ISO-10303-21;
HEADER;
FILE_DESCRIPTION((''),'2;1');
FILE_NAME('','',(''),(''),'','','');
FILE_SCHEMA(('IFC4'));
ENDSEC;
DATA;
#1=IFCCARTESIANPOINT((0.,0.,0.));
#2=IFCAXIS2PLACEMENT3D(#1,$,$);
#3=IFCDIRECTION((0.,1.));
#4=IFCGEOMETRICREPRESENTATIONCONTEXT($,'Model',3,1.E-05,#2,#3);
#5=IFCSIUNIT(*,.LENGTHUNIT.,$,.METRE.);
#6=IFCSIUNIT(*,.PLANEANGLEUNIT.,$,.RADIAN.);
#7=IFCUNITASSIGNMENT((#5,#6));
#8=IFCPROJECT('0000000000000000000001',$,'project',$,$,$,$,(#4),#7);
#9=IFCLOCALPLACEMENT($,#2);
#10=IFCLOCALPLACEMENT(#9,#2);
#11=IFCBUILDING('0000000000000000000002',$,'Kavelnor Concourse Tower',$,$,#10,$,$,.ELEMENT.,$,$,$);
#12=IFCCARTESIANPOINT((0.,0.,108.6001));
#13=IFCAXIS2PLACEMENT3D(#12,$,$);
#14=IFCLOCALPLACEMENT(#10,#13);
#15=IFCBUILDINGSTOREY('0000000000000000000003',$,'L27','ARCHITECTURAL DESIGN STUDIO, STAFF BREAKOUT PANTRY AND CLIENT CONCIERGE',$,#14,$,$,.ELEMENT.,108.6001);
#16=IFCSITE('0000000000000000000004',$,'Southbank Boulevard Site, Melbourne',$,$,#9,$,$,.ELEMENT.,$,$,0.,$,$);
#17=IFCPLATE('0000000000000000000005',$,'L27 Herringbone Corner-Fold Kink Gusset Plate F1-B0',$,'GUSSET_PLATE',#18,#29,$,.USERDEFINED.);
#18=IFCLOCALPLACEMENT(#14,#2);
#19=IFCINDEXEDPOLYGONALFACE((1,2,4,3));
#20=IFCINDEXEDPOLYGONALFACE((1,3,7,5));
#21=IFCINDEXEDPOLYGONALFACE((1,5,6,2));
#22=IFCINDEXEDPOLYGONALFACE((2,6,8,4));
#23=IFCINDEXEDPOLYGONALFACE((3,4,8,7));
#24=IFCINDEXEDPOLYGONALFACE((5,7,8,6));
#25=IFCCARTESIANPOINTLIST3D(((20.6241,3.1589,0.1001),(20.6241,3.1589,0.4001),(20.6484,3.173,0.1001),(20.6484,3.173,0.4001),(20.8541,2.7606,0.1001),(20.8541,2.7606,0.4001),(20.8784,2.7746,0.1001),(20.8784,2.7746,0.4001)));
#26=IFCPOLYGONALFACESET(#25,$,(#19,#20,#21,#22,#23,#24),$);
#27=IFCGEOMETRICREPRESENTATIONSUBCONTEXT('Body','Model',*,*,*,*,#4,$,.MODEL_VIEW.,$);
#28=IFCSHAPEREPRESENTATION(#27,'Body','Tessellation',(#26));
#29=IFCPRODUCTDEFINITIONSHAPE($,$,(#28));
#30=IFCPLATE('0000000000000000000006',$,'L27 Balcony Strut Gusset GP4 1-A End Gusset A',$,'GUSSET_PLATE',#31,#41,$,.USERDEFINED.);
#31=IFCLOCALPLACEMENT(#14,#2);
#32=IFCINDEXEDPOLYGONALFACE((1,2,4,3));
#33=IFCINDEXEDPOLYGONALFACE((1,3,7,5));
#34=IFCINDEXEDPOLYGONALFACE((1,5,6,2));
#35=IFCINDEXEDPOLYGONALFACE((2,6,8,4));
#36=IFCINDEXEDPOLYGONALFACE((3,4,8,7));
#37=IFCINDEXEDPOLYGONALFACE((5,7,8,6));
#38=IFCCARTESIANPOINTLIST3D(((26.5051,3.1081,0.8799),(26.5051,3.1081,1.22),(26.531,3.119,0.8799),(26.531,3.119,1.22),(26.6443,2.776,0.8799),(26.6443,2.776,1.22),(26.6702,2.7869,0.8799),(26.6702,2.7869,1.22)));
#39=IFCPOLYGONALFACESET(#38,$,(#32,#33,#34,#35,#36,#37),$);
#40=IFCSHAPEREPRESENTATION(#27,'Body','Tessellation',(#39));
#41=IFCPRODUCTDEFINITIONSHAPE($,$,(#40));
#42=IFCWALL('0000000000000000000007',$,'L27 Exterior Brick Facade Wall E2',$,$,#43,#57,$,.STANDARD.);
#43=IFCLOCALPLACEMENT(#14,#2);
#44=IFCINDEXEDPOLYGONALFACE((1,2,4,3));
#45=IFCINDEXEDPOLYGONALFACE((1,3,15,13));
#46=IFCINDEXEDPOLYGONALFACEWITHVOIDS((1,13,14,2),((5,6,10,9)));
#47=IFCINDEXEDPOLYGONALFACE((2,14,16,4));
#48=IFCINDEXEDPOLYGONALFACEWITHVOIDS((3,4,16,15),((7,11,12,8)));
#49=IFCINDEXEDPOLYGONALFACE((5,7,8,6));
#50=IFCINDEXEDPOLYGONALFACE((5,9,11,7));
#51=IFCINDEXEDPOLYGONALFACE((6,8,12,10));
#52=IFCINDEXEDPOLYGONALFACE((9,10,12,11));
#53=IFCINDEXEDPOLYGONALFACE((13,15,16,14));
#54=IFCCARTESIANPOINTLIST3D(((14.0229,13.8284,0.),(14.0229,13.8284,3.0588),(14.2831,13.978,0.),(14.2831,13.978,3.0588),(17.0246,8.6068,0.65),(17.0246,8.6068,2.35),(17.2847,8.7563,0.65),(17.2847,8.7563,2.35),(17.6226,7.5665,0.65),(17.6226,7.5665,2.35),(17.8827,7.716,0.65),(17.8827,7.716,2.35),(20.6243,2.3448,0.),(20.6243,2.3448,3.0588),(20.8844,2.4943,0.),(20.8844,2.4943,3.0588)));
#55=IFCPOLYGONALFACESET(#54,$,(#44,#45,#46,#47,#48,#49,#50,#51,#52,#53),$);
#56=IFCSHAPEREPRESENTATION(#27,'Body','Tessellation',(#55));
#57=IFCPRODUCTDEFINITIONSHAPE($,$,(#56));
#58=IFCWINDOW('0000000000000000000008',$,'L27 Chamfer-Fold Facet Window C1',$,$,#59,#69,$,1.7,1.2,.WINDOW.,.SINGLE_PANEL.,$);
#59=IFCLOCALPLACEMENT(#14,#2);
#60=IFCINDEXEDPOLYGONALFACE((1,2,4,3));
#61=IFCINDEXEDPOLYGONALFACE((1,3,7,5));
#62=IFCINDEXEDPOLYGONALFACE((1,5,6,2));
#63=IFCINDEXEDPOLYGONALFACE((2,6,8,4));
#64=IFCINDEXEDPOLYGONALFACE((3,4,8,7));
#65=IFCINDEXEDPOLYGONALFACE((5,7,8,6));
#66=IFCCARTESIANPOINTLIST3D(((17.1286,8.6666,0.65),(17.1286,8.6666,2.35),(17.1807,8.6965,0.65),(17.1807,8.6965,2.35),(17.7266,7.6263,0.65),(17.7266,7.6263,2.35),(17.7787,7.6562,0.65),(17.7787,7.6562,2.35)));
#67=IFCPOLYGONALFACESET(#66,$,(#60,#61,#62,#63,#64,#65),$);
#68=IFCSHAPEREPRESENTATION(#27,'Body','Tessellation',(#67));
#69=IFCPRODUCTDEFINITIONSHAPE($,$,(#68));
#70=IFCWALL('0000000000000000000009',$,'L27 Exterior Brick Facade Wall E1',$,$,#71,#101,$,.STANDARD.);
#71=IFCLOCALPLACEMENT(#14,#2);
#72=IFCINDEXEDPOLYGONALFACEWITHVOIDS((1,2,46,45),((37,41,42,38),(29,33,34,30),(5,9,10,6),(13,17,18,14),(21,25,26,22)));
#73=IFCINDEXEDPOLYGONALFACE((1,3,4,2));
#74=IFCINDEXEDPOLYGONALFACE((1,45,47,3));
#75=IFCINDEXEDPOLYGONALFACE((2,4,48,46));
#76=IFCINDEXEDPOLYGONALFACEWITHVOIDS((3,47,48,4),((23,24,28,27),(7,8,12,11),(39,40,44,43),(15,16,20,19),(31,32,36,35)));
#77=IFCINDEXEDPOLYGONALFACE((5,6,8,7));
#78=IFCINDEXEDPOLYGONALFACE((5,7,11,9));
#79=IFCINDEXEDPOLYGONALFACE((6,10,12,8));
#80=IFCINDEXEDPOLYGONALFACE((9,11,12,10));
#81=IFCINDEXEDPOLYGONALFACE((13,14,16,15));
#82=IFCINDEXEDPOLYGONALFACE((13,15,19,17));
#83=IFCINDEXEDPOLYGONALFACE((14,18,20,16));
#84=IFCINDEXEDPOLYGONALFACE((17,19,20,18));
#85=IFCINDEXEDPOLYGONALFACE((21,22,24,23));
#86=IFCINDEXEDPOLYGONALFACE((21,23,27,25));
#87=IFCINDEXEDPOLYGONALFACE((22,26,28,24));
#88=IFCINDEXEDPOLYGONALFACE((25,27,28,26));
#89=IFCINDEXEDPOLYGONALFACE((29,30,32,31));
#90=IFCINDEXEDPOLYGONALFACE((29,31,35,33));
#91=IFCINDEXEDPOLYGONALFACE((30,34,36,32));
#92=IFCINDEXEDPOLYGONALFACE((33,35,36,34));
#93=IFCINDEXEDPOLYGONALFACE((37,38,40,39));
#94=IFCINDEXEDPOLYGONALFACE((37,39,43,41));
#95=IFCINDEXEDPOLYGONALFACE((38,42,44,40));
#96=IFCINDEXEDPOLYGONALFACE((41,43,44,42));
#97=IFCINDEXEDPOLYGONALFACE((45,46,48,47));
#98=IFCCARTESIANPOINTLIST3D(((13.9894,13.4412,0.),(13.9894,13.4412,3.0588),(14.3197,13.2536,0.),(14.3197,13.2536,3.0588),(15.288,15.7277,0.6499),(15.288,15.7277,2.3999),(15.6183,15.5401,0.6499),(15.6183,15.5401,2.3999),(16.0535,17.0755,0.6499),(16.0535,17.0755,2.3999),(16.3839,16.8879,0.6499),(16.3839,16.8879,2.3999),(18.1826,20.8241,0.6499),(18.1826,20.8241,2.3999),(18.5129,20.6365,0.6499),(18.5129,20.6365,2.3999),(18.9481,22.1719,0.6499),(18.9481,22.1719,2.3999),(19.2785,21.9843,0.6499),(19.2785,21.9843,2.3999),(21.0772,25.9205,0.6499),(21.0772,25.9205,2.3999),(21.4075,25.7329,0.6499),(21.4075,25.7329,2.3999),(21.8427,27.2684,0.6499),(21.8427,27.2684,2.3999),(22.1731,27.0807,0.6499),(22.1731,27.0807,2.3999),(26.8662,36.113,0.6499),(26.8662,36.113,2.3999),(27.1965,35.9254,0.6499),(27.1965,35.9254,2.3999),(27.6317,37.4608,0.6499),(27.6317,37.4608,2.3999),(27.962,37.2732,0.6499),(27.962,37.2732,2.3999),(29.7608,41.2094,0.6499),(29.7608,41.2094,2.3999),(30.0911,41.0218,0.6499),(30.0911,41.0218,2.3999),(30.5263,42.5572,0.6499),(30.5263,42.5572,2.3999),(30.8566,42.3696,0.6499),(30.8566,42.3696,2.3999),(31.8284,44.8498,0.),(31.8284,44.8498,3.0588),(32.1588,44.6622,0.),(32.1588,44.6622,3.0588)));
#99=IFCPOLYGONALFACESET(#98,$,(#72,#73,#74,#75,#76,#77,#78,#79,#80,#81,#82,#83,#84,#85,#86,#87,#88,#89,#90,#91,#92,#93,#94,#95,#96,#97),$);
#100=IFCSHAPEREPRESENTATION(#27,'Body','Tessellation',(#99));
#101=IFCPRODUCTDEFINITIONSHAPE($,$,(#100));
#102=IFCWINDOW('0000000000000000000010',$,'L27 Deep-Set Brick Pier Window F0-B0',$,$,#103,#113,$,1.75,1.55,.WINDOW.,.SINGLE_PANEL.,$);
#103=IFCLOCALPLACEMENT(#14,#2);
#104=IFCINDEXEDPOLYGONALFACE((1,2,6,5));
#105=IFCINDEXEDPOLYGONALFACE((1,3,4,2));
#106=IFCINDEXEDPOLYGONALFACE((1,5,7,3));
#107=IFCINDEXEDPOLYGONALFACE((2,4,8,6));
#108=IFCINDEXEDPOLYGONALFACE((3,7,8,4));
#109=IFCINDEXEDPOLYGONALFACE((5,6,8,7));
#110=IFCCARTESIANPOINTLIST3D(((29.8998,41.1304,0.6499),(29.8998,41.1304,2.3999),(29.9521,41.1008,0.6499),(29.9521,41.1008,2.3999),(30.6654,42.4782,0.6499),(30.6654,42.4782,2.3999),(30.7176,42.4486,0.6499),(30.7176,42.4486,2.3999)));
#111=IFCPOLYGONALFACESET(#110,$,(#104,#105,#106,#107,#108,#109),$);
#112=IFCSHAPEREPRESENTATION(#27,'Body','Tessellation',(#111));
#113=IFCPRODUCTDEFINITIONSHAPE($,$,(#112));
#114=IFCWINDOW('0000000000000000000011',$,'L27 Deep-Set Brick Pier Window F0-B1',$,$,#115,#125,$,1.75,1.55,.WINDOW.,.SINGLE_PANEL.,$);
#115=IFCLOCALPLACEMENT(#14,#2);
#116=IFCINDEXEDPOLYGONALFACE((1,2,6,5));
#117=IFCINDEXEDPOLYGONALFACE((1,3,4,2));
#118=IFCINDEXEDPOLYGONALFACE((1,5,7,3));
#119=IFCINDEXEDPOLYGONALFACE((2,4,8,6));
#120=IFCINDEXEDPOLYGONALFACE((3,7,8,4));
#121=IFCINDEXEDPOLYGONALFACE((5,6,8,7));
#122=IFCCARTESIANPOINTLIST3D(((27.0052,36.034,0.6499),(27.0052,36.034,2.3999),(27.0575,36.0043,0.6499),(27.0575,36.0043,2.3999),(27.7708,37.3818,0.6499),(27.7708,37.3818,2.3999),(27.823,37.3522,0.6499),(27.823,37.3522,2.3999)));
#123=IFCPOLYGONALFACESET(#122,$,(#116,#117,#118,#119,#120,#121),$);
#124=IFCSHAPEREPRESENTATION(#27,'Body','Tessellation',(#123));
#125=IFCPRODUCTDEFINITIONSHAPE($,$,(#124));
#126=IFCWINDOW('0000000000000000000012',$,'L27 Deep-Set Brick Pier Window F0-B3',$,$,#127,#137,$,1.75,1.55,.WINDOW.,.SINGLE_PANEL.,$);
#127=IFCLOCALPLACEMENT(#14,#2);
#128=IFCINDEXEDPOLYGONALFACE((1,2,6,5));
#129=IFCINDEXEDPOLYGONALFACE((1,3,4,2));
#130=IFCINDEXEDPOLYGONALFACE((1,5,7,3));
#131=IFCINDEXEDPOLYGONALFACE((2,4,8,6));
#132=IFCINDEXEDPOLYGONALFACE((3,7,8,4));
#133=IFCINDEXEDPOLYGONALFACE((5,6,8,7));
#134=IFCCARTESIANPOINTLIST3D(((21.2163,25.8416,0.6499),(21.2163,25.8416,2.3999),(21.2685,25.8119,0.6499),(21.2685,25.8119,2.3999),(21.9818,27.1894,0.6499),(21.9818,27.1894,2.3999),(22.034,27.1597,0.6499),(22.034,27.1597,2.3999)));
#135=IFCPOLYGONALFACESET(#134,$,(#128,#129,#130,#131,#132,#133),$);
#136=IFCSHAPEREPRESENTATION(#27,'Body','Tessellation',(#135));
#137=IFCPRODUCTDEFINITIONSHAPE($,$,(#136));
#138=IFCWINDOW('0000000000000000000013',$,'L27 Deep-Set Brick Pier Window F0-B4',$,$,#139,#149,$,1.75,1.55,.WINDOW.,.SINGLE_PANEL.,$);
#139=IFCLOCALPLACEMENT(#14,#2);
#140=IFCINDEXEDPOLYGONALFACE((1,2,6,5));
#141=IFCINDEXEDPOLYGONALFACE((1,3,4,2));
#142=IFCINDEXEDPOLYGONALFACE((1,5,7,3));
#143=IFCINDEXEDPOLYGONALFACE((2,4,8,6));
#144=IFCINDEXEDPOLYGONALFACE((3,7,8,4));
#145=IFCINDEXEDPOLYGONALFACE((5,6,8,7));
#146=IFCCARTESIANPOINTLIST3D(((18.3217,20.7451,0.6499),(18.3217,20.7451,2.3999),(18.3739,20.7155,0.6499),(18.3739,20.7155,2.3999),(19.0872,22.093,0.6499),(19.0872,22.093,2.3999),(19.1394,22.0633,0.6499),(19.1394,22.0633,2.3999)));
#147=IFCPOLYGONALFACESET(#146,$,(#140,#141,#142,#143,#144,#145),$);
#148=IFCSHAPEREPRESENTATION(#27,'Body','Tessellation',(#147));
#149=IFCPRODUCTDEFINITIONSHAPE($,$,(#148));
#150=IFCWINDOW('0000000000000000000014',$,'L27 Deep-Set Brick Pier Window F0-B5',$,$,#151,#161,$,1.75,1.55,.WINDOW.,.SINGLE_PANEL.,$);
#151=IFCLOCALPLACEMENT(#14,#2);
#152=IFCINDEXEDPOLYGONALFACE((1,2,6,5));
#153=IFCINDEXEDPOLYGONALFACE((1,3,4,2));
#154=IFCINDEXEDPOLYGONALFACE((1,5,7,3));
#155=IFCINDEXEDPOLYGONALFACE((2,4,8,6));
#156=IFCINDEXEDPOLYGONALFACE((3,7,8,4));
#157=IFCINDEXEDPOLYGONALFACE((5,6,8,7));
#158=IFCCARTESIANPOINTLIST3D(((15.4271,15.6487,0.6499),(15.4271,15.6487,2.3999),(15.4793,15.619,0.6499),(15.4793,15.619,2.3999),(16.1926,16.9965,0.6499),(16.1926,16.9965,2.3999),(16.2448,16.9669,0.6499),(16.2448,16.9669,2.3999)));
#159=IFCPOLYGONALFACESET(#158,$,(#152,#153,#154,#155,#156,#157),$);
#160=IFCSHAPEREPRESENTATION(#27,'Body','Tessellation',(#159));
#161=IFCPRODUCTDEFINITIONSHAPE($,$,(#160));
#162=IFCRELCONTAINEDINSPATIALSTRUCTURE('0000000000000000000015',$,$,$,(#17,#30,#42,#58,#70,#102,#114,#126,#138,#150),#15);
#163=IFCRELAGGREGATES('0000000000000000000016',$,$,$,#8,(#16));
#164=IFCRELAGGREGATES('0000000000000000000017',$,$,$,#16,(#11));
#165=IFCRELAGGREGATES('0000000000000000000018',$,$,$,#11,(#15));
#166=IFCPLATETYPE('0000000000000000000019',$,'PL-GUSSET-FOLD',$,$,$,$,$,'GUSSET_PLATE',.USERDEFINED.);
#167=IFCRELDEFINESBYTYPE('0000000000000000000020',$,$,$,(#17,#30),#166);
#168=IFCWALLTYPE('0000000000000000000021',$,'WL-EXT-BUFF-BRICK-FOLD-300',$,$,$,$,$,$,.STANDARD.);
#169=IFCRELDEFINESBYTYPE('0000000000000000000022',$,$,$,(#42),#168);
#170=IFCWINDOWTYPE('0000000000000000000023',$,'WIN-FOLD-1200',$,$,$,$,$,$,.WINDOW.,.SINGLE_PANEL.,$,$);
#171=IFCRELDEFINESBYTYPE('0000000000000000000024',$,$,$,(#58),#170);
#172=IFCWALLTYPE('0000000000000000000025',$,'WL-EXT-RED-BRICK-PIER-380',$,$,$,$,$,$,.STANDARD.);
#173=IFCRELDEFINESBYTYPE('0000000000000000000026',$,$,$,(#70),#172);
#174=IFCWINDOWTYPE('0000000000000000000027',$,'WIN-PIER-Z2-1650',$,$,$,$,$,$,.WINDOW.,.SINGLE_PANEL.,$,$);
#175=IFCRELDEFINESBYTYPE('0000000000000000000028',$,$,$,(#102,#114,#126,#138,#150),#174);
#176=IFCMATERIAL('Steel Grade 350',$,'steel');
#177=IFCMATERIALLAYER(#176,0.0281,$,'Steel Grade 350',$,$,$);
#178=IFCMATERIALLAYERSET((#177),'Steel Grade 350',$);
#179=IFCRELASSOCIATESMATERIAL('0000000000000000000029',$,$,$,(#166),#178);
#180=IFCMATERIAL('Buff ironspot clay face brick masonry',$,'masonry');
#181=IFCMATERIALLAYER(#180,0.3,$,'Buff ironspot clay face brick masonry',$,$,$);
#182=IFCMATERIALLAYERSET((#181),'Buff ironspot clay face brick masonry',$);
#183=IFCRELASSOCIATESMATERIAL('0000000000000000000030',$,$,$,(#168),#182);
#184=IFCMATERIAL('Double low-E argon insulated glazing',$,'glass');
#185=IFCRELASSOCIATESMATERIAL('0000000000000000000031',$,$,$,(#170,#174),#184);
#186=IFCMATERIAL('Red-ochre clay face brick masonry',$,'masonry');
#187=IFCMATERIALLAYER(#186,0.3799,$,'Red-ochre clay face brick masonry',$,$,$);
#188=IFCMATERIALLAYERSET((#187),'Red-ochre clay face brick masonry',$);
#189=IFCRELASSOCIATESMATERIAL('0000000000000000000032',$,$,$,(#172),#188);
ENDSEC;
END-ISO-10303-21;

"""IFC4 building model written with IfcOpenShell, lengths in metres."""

from ifc_helpers import new_model, si_unit, direction, frame, frame_2d, origin, origin_2d, place, context, subcontext, project, spatial, rectangle, extrude, material, layer, layer_set, type_object, element, fill, save


model = new_model("IFC4")

# Units and contexts
model_context = context("Model", 3, precision=1e-05, world=origin(), true_north=direction((0.0, 1.0)))
body_context = subcontext(model_context, "Body", "Model", "MODEL_VIEW")
ifc_project = project(units=[si_unit("LENGTHUNIT", "METRE"), si_unit("PLANEANGLEUNIT", "RADIAN")], contexts=[model_context])

# Site, building, storey
site_placement = place(None, origin())
site = spatial("IfcSite", under=ifc_project, at=site_placement, Name="Southbank Boulevard Site, Melbourne", CompositionType="ELEMENT", RefElevation=0.0)
building_placement = place(site_placement, origin())
building = spatial("IfcBuilding", under=site, at=building_placement, Name="Kavelnor Concourse Tower", CompositionType="ELEMENT")
storey_placement = place(building_placement, frame((0.0, 0.0, 108.6001)))
storey = spatial("IfcBuildingStorey", under=building, at=storey_placement, Name="L27", Description="ARCHITECTURAL DESIGN STUDIO, STAFF BREAKOUT PANTRY AND CLIENT CONCIERGE", CompositionType="ELEMENT", Elevation=108.6001)

# Shared definitions
ifc_material_1 = material(Name="Steel Grade 350", Category="steel")

# Plates
ifc_layer_1 = layer(ifc_material_1, 0.0281, Name="Steel Grade 350")
ifc_layer_set_1 = layer_set([ifc_layer_1], Name="Steel Grade 350")
plate_type = type_object("IfcPlateType", Name="PL-GUSSET-FOLD", ElementType="GUSSET_PLATE", PredefinedType="USERDEFINED", material=ifc_layer_set_1)
plate_1_placement = place(storey_placement, frame((20.7512, 2.9668, 0.1001), z_axis=(0.0, 0.0, 1.0), x_axis=(-0.5, 0.866025, 0.0)))
element("IfcPlate", 1, at=plate_1_placement, inside=storey, type_object=plate_type, Name="L27 Herringbone Corner-Fold Kink Gusset Plate F1-B0", ObjectType="GUSSET_PLATE", PredefinedType="USERDEFINED", context=body_context, shape_type="SweptSolid", body=[
    extrude(rectangle(XDim=0.46, YDim=0.0281, at=origin_2d()), origin(), (0.0, 0.0, 1.0), 0.3),
])
plate_2_placement = place(storey_placement, frame((26.5876, 2.9475, 0.8799), z_axis=(0.0, 0.0, 1.0), x_axis=(0.386711, -0.922201, 0.0)))
element("IfcPlate", 2, at=plate_2_placement, inside=storey, type_object=plate_type, Name="L27 Balcony Strut Gusset GP4 1-A End Gusset A", ObjectType="GUSSET_PLATE", PredefinedType="USERDEFINED", context=body_context, shape_type="SweptSolid", body=[
    extrude(rectangle(XDim=0.3601, YDim=0.0281, at=origin_2d()), origin(), (0.0, 0.0, 1.0), 0.3401),
])

# Wall, opening, window
ifc_material_2 = material(Name="Buff ironspot clay face brick masonry", Category="masonry")
ifc_layer_2 = layer(ifc_material_2, 0.3, Name="Buff ironspot clay face brick masonry")
ifc_layer_set_2 = layer_set([ifc_layer_2], Name="Buff ironspot clay face brick masonry")
wall_type_1 = type_object("IfcWallType", Name="WL-EXT-BUFF-BRICK-FOLD-300", PredefinedType="STANDARD", material=ifc_layer_set_2)
wall_1_placement = place(storey_placement, frame((20.7544, 2.4194, 0.0), z_axis=(0.0, 0.0, 1.0), x_axis=(-0.49837, 0.866964, 0.0)))
wall_1 = element("IfcWall", 3, at=wall_1_placement, inside=storey, type_object=wall_type_1, Name="L27 Exterior Brick Facade Wall E2", PredefinedType="STANDARD", context=body_context, shape_type="SweptSolid", body=[
    extrude(rectangle(XDim=13.2458, YDim=0.3, at=frame_2d((6.623, 0.0))), origin(), (0.0, 0.0, 1.0), 3.0588),
])
opening_1_placement = place(wall_1_placement, frame((6.0229, 0.0, 0.6499)))
opening_1 = element("IfcOpeningElement", 4, at=opening_1_placement, cuts=wall_1, PredefinedType="OPENING", context=body_context, shape_type="SweptSolid", body=[
    extrude(rectangle(XDim=1.2, YDim=1.7, at=frame_2d((0.6001, 0.8501))), frame((0.0, 0.1602, 0.0), z_axis=(0.0, -1.0, 0.0), x_axis=(1.0, 0.0, 0.0)), (0.0, 0.0, 1.0), 0.3201),
])
ifc_material_3 = material(Name="Double low-E argon insulated glazing", Category="glass")
window_type_1 = type_object("IfcWindowType", Name="WIN-FOLD-1200", PartitioningType="SINGLE_PANEL", PredefinedType="WINDOW", material=ifc_material_3)
window_1_placement = place(opening_1_placement, origin())
window_1 = element("IfcWindow", 5, at=window_1_placement, inside=storey, type_object=window_type_1, Name="L27 Chamfer-Fold Facet Window C1", OverallHeight=1.7, OverallWidth=1.2, PartitioningType="SINGLE_PANEL", PredefinedType="WINDOW", context=body_context, shape_type="SweptSolid", body=[
    extrude(rectangle(XDim=1.2, YDim=1.7, at=frame_2d((0.6001, 0.8501))), frame((0.0, 0.03, 0.0), z_axis=(0.0, -1.0, 0.0), x_axis=(1.0, 0.0, 0.0)), (0.0, 0.0, 1.0), 0.0601),
])
fill(opening_1, window_1)

# Wall, openings, windows
ifc_material_4 = material(Name="Red-ochre clay face brick masonry", Category="masonry")
ifc_layer_3 = layer(ifc_material_4, 0.3799, Name="Red-ochre clay face brick masonry")
ifc_layer_set_3 = layer_set([ifc_layer_3], Name="Red-ochre clay face brick masonry")
wall_type_2 = type_object("IfcWallType", Name="WL-EXT-RED-BRICK-PIER-380", PredefinedType="STANDARD", material=ifc_layer_set_3)
wall_2_placement = place(storey_placement, frame((14.1545, 13.3474, 0.0), z_axis=(0.0, 0.0, 1.0), x_axis=(0.493868, 0.869537, 0.0)))
wall_2 = element("IfcWall", 6, at=wall_2_placement, inside=storey, type_object=wall_type_2, Name="L27 Exterior Brick Facade Wall E1", PredefinedType="STANDARD", context=body_context, shape_type="SweptSolid", body=[
    extrude(rectangle(XDim=36.1211, YDim=0.3799, at=frame_2d((18.0605, 0.0))), origin(), (0.0, 0.0, 1.0), 3.0588),
])
opening_2_placement = place(wall_2_placement, frame((31.9346, 0.0, 0.6499)))
opening_2 = element("IfcOpeningElement", 7, at=opening_2_placement, cuts=wall_2, PredefinedType="OPENING", context=body_context, shape_type="SweptSolid", body=[
    extrude(rectangle(XDim=1.55, YDim=1.75, at=frame_2d((0.7749, 0.875))), frame((0.0, 0.2, 0.0), z_axis=(0.0, -1.0, 0.0), x_axis=(1.0, 0.0, 0.0)), (0.0, 0.0, 1.0), 0.3999),
])
opening_3_placement = place(wall_2_placement, frame((26.0735, 0.0, 0.6499)))
opening_3 = element("IfcOpeningElement", 8, at=opening_3_placement, cuts=wall_2, PredefinedType="OPENING", context=body_context, shape_type="SweptSolid", body=[
    extrude(rectangle(XDim=1.55, YDim=1.75, at=frame_2d((0.7749, 0.875))), frame((0.0, 0.2, 0.0), z_axis=(0.0, -1.0, 0.0), x_axis=(1.0, 0.0, 0.0)), (0.0, 0.0, 1.0), 0.3999),
])
opening_4_placement = place(wall_2_placement, frame((14.3518, 0.0, 0.6499)))
opening_4 = element("IfcOpeningElement", 9, at=opening_4_placement, cuts=wall_2, PredefinedType="OPENING", context=body_context, shape_type="SweptSolid", body=[
    extrude(rectangle(XDim=1.55, YDim=1.75, at=frame_2d((0.7749, 0.875))), frame((0.0, 0.2, 0.0), z_axis=(0.0, -1.0, 0.0), x_axis=(1.0, 0.0, 0.0)), (0.0, 0.0, 1.0), 0.3999),
])
opening_5_placement = place(wall_2_placement, frame((8.4907, 0.0, 0.6499)))
opening_5 = element("IfcOpeningElement", 10, at=opening_5_placement, cuts=wall_2, PredefinedType="OPENING", context=body_context, shape_type="SweptSolid", body=[
    extrude(rectangle(XDim=1.55, YDim=1.75, at=frame_2d((0.7749, 0.875))), frame((0.0, 0.2, 0.0), z_axis=(0.0, -1.0, 0.0), x_axis=(1.0, 0.0, 0.0)), (0.0, 0.0, 1.0), 0.3999),
])
opening_6_placement = place(wall_2_placement, frame((2.6296, 0.0, 0.6499)))
opening_6 = element("IfcOpeningElement", 11, at=opening_6_placement, cuts=wall_2, PredefinedType="OPENING", context=body_context, shape_type="SweptSolid", body=[
    extrude(rectangle(XDim=1.55, YDim=1.75, at=frame_2d((0.7749, 0.875))), frame((0.0, 0.2, 0.0), z_axis=(0.0, -1.0, 0.0), x_axis=(1.0, 0.0, 0.0)), (0.0, 0.0, 1.0), 0.3999),
])
window_type_2 = type_object("IfcWindowType", Name="WIN-PIER-Z2-1650", PartitioningType="SINGLE_PANEL", PredefinedType="WINDOW", material=ifc_material_3)
window_2_placement = place(opening_2_placement, origin())
window_2 = element("IfcWindow", 12, at=window_2_placement, inside=storey, type_object=window_type_2, Name="L27 Deep-Set Brick Pier Window F0-B0", OverallHeight=1.75, OverallWidth=1.55, PartitioningType="SINGLE_PANEL", PredefinedType="WINDOW", context=body_context, shape_type="SweptSolid", body=[
    extrude(rectangle(XDim=1.55, YDim=1.75, at=frame_2d((0.7749, 0.875))), frame((0.0, 0.03, 0.0), z_axis=(0.0, -1.0, 0.0), x_axis=(1.0, 0.0, 0.0)), (0.0, 0.0, 1.0), 0.0601),
])
fill(opening_2, window_2)
window_3_placement = place(opening_3_placement, origin())
window_3 = element("IfcWindow", 13, at=window_3_placement, inside=storey, type_object=window_type_2, Name="L27 Deep-Set Brick Pier Window F0-B1", OverallHeight=1.75, OverallWidth=1.55, PartitioningType="SINGLE_PANEL", PredefinedType="WINDOW", context=body_context, shape_type="SweptSolid", body=[
    extrude(rectangle(XDim=1.55, YDim=1.75, at=frame_2d((0.7749, 0.875))), frame((0.0, 0.03, 0.0), z_axis=(0.0, -1.0, 0.0), x_axis=(1.0, 0.0, 0.0)), (0.0, 0.0, 1.0), 0.0601),
])
fill(opening_3, window_3)
window_4_placement = place(opening_4_placement, origin())
window_4 = element("IfcWindow", 14, at=window_4_placement, inside=storey, type_object=window_type_2, Name="L27 Deep-Set Brick Pier Window F0-B3", OverallHeight=1.75, OverallWidth=1.55, PartitioningType="SINGLE_PANEL", PredefinedType="WINDOW", context=body_context, shape_type="SweptSolid", body=[
    extrude(rectangle(XDim=1.55, YDim=1.75, at=frame_2d((0.7749, 0.875))), frame((0.0, 0.03, 0.0), z_axis=(0.0, -1.0, 0.0), x_axis=(1.0, 0.0, 0.0)), (0.0, 0.0, 1.0), 0.0601),
])
fill(opening_4, window_4)
window_5_placement = place(opening_5_placement, origin())
window_5 = element("IfcWindow", 15, at=window_5_placement, inside=storey, type_object=window_type_2, Name="L27 Deep-Set Brick Pier Window F0-B4", OverallHeight=1.75, OverallWidth=1.55, PartitioningType="SINGLE_PANEL", PredefinedType="WINDOW", context=body_context, shape_type="SweptSolid", body=[
    extrude(rectangle(XDim=1.55, YDim=1.75, at=frame_2d((0.7749, 0.875))), frame((0.0, 0.03, 0.0), z_axis=(0.0, -1.0, 0.0), x_axis=(1.0, 0.0, 0.0)), (0.0, 0.0, 1.0), 0.0601),
])
fill(opening_5, window_5)
window_6_placement = place(opening_6_placement, origin())
window_6 = element("IfcWindow", 16, at=window_6_placement, inside=storey, type_object=window_type_2, Name="L27 Deep-Set Brick Pier Window F0-B5", OverallHeight=1.75, OverallWidth=1.55, PartitioningType="SINGLE_PANEL", PredefinedType="WINDOW", context=body_context, shape_type="SweptSolid", body=[
    extrude(rectangle(XDim=1.55, YDim=1.75, at=frame_2d((0.7749, 0.875))), frame((0.0, 0.03, 0.0), z_axis=(0.0, -1.0, 0.0), x_axis=(1.0, 0.0, 0.0)), (0.0, 0.0, 1.0), 0.0601),
])
fill(opening_6, window_6)

save(model, "model.ifc")
